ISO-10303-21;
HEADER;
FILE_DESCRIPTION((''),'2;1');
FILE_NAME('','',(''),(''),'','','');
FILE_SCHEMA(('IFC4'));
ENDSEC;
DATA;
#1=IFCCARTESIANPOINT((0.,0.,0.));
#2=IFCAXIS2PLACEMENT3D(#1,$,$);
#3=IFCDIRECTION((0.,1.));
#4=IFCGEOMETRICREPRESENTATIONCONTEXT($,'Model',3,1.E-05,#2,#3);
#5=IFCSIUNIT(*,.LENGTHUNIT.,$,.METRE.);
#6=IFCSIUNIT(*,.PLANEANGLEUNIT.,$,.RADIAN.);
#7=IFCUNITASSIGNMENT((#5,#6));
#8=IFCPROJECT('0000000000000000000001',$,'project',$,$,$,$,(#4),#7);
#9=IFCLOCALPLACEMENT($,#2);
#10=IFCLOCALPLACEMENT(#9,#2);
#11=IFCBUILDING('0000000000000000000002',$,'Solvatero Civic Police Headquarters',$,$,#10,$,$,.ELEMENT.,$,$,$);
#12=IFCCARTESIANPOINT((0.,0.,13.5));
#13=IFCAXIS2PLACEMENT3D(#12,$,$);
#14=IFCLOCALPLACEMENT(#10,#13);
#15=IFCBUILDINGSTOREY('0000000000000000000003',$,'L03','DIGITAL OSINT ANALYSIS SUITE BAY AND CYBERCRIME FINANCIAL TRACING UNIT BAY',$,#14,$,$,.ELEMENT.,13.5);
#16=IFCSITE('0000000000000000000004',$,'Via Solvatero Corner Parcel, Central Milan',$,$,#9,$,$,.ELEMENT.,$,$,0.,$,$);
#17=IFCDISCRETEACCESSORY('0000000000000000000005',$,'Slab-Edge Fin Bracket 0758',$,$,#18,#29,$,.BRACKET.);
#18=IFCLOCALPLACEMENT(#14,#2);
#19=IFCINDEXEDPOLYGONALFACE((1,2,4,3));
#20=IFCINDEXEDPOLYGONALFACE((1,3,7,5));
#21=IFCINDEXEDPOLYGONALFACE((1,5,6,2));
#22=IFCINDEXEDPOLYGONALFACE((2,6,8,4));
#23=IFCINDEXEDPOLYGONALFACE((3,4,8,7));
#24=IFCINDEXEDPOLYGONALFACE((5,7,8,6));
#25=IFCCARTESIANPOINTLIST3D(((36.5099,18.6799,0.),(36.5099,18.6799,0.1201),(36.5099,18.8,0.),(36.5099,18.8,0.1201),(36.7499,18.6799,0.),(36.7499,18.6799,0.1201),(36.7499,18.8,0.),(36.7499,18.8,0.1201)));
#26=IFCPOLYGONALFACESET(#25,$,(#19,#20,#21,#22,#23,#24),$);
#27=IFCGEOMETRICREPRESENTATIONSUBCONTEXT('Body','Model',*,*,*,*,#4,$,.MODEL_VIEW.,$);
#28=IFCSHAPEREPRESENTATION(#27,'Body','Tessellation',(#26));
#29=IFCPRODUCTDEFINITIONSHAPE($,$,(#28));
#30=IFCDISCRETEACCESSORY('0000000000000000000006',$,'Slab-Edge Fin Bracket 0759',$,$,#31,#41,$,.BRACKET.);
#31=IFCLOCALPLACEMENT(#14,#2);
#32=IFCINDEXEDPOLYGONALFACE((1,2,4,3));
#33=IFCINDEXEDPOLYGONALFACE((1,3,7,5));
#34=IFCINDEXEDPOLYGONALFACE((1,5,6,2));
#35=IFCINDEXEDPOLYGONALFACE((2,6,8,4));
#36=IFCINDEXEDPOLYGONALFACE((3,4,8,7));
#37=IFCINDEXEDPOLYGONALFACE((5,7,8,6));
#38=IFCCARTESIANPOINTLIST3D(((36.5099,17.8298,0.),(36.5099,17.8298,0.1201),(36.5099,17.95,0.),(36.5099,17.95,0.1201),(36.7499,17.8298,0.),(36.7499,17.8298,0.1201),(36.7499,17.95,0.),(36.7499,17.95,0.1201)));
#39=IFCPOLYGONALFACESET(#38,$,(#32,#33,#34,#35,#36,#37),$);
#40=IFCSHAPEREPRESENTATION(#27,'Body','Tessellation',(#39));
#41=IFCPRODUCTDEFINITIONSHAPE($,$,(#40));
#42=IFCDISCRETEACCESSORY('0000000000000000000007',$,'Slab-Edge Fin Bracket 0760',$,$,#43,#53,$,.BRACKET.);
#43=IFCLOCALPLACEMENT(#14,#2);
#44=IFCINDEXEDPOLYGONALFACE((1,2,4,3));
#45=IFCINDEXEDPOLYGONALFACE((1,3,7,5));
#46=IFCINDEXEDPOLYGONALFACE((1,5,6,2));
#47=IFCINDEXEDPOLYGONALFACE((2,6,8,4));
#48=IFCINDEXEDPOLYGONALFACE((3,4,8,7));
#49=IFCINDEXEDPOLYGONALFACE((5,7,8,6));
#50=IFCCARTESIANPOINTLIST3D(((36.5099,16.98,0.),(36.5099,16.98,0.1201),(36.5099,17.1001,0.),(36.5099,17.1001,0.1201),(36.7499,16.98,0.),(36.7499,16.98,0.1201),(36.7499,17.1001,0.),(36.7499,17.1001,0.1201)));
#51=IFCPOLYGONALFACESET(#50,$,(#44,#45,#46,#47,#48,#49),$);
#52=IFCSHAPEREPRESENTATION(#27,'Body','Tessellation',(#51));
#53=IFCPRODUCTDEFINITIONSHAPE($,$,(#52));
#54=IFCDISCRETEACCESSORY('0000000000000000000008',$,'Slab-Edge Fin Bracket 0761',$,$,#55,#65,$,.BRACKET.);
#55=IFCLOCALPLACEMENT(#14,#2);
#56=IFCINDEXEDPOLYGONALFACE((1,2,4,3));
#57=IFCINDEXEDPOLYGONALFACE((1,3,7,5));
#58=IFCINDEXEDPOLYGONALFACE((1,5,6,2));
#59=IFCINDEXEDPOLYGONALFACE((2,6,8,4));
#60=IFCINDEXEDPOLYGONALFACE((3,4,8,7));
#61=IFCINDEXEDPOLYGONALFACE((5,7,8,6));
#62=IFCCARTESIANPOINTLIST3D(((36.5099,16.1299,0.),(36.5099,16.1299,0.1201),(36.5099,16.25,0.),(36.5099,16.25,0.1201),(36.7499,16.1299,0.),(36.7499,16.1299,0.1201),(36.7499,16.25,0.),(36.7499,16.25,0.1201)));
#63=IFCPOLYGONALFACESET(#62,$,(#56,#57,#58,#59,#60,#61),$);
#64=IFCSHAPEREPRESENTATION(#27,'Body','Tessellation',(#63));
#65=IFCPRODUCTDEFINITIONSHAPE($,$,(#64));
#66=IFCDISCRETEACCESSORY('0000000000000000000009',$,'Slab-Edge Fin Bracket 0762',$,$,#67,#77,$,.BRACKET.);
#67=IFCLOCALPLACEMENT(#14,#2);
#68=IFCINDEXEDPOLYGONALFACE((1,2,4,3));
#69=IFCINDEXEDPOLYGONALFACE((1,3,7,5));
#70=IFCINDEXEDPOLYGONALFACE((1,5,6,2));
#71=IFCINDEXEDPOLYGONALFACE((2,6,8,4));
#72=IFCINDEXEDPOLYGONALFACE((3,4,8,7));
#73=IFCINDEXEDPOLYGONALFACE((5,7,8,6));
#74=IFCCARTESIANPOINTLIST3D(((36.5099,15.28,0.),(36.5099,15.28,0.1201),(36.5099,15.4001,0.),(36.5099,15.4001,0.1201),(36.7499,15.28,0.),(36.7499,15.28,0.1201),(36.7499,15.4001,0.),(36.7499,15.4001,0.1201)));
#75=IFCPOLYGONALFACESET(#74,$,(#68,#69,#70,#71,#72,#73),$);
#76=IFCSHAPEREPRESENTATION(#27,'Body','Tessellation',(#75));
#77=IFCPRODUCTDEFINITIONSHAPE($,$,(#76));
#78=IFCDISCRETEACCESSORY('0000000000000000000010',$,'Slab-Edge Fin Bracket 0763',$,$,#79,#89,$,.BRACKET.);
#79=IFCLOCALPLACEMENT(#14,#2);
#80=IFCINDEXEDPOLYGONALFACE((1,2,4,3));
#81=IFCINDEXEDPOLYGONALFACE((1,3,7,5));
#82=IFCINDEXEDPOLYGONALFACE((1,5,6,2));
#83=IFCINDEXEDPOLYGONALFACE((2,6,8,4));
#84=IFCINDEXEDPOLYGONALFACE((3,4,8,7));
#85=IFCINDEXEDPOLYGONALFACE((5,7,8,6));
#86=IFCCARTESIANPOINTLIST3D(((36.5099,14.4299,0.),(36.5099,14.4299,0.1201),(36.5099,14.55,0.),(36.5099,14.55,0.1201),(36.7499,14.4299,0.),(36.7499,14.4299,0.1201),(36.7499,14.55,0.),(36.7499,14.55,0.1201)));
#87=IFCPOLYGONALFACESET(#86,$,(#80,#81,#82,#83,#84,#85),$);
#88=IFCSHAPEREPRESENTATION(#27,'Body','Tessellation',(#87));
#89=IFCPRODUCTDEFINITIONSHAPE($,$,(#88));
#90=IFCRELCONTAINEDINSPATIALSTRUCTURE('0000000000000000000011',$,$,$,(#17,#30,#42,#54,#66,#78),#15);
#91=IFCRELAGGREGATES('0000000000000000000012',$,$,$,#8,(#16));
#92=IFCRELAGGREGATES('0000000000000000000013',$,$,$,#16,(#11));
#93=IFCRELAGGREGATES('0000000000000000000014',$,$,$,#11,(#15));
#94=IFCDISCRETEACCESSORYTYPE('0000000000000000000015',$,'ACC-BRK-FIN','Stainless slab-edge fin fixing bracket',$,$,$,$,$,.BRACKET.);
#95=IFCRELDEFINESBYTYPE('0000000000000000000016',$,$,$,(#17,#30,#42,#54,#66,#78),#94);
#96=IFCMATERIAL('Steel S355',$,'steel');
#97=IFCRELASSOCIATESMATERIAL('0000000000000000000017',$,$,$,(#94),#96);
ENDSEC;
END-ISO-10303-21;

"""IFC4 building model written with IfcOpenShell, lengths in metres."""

from ifc_helpers import new_model, si_unit, direction, frame, origin, origin_2d, place, context, subcontext, project, spatial, rectangle, extrude, material, type_object, element, save


model = new_model("IFC4")

# Units and contexts
model_context = context("Model", 3, precision=1e-05, world=origin(), true_north=direction((0.0, 1.0)))
body_context = subcontext(model_context, "Body", "Model", "MODEL_VIEW")
ifc_project = project(units=[si_unit("LENGTHUNIT", "METRE"), si_unit("PLANEANGLEUNIT", "RADIAN")], contexts=[model_context])

# Site, building, storey
site_placement = place(None, origin())
site = spatial("IfcSite", under=ifc_project, at=site_placement, Name="Via Solvatero Corner Parcel, Central Milan", CompositionType="ELEMENT", RefElevation=0.0)
building_placement = place(site_placement, origin())
building = spatial("IfcBuilding", under=site, at=building_placement, Name="Solvatero Civic Police Headquarters", CompositionType="ELEMENT")
storey_placement = place(building_placement, frame((0.0, 0.0, 13.5)))
storey = spatial("IfcBuildingStorey", under=building, at=storey_placement, Name="L03", Description="DIGITAL OSINT ANALYSIS SUITE BAY AND CYBERCRIME FINANCIAL TRACING UNIT BAY", CompositionType="ELEMENT", Elevation=13.5)

# Discrete accessories
ifc_material_1 = material(Name="Steel S355", Category="steel")
discrete_accessory_type = type_object("IfcDiscreteAccessoryType", Name="ACC-BRK-FIN", Description="Stainless slab-edge fin fixing bracket", PredefinedType="BRACKET", material=ifc_material_1)
for number, where, z_axis, x_axis, name in (
    (1, (36.6299, 18.74, 0.0), (0.0, 0.0, 1.0), (0.0, -1.0, 0.0), "Slab-Edge Fin Bracket 0758"),
    (2, (36.6299, 17.8899, 0.0), (0.0, 0.0, 1.0), (0.0, -1.0, 0.0), "Slab-Edge Fin Bracket 0759"),
    (3, (36.6299, 17.04, 0.0), (0.0, 0.0, 1.0), (0.0, -1.0, 0.0), "Slab-Edge Fin Bracket 0760"),
    (4, (36.6299, 16.1899, 0.0), (0.0, 0.0, 1.0), (0.0, -1.0, 0.0), "Slab-Edge Fin Bracket 0761"),
    (5, (36.6299, 15.3401, 0.0), (0.0, 0.0, 1.0), (0.0, -1.0, 0.0), "Slab-Edge Fin Bracket 0762"),
    (6, (36.6299, 14.49, 0.0), (0.0, 0.0, 1.0), (0.0, -1.0, 0.0), "Slab-Edge Fin Bracket 0763"),
):
    element("IfcDiscreteAccessory", number, at=place(storey_placement, frame(where, z_axis=z_axis, x_axis=x_axis)), inside=storey, type_object=discrete_accessory_type, Name=name, PredefinedType="BRACKET", context=body_context, shape_type="SweptSolid", body=[
        extrude(rectangle(XDim=0.1201, YDim=0.24, at=origin_2d()), origin(), (0.0, 0.0, 1.0), 0.1201),
    ])

save(model, "model.ifc")
